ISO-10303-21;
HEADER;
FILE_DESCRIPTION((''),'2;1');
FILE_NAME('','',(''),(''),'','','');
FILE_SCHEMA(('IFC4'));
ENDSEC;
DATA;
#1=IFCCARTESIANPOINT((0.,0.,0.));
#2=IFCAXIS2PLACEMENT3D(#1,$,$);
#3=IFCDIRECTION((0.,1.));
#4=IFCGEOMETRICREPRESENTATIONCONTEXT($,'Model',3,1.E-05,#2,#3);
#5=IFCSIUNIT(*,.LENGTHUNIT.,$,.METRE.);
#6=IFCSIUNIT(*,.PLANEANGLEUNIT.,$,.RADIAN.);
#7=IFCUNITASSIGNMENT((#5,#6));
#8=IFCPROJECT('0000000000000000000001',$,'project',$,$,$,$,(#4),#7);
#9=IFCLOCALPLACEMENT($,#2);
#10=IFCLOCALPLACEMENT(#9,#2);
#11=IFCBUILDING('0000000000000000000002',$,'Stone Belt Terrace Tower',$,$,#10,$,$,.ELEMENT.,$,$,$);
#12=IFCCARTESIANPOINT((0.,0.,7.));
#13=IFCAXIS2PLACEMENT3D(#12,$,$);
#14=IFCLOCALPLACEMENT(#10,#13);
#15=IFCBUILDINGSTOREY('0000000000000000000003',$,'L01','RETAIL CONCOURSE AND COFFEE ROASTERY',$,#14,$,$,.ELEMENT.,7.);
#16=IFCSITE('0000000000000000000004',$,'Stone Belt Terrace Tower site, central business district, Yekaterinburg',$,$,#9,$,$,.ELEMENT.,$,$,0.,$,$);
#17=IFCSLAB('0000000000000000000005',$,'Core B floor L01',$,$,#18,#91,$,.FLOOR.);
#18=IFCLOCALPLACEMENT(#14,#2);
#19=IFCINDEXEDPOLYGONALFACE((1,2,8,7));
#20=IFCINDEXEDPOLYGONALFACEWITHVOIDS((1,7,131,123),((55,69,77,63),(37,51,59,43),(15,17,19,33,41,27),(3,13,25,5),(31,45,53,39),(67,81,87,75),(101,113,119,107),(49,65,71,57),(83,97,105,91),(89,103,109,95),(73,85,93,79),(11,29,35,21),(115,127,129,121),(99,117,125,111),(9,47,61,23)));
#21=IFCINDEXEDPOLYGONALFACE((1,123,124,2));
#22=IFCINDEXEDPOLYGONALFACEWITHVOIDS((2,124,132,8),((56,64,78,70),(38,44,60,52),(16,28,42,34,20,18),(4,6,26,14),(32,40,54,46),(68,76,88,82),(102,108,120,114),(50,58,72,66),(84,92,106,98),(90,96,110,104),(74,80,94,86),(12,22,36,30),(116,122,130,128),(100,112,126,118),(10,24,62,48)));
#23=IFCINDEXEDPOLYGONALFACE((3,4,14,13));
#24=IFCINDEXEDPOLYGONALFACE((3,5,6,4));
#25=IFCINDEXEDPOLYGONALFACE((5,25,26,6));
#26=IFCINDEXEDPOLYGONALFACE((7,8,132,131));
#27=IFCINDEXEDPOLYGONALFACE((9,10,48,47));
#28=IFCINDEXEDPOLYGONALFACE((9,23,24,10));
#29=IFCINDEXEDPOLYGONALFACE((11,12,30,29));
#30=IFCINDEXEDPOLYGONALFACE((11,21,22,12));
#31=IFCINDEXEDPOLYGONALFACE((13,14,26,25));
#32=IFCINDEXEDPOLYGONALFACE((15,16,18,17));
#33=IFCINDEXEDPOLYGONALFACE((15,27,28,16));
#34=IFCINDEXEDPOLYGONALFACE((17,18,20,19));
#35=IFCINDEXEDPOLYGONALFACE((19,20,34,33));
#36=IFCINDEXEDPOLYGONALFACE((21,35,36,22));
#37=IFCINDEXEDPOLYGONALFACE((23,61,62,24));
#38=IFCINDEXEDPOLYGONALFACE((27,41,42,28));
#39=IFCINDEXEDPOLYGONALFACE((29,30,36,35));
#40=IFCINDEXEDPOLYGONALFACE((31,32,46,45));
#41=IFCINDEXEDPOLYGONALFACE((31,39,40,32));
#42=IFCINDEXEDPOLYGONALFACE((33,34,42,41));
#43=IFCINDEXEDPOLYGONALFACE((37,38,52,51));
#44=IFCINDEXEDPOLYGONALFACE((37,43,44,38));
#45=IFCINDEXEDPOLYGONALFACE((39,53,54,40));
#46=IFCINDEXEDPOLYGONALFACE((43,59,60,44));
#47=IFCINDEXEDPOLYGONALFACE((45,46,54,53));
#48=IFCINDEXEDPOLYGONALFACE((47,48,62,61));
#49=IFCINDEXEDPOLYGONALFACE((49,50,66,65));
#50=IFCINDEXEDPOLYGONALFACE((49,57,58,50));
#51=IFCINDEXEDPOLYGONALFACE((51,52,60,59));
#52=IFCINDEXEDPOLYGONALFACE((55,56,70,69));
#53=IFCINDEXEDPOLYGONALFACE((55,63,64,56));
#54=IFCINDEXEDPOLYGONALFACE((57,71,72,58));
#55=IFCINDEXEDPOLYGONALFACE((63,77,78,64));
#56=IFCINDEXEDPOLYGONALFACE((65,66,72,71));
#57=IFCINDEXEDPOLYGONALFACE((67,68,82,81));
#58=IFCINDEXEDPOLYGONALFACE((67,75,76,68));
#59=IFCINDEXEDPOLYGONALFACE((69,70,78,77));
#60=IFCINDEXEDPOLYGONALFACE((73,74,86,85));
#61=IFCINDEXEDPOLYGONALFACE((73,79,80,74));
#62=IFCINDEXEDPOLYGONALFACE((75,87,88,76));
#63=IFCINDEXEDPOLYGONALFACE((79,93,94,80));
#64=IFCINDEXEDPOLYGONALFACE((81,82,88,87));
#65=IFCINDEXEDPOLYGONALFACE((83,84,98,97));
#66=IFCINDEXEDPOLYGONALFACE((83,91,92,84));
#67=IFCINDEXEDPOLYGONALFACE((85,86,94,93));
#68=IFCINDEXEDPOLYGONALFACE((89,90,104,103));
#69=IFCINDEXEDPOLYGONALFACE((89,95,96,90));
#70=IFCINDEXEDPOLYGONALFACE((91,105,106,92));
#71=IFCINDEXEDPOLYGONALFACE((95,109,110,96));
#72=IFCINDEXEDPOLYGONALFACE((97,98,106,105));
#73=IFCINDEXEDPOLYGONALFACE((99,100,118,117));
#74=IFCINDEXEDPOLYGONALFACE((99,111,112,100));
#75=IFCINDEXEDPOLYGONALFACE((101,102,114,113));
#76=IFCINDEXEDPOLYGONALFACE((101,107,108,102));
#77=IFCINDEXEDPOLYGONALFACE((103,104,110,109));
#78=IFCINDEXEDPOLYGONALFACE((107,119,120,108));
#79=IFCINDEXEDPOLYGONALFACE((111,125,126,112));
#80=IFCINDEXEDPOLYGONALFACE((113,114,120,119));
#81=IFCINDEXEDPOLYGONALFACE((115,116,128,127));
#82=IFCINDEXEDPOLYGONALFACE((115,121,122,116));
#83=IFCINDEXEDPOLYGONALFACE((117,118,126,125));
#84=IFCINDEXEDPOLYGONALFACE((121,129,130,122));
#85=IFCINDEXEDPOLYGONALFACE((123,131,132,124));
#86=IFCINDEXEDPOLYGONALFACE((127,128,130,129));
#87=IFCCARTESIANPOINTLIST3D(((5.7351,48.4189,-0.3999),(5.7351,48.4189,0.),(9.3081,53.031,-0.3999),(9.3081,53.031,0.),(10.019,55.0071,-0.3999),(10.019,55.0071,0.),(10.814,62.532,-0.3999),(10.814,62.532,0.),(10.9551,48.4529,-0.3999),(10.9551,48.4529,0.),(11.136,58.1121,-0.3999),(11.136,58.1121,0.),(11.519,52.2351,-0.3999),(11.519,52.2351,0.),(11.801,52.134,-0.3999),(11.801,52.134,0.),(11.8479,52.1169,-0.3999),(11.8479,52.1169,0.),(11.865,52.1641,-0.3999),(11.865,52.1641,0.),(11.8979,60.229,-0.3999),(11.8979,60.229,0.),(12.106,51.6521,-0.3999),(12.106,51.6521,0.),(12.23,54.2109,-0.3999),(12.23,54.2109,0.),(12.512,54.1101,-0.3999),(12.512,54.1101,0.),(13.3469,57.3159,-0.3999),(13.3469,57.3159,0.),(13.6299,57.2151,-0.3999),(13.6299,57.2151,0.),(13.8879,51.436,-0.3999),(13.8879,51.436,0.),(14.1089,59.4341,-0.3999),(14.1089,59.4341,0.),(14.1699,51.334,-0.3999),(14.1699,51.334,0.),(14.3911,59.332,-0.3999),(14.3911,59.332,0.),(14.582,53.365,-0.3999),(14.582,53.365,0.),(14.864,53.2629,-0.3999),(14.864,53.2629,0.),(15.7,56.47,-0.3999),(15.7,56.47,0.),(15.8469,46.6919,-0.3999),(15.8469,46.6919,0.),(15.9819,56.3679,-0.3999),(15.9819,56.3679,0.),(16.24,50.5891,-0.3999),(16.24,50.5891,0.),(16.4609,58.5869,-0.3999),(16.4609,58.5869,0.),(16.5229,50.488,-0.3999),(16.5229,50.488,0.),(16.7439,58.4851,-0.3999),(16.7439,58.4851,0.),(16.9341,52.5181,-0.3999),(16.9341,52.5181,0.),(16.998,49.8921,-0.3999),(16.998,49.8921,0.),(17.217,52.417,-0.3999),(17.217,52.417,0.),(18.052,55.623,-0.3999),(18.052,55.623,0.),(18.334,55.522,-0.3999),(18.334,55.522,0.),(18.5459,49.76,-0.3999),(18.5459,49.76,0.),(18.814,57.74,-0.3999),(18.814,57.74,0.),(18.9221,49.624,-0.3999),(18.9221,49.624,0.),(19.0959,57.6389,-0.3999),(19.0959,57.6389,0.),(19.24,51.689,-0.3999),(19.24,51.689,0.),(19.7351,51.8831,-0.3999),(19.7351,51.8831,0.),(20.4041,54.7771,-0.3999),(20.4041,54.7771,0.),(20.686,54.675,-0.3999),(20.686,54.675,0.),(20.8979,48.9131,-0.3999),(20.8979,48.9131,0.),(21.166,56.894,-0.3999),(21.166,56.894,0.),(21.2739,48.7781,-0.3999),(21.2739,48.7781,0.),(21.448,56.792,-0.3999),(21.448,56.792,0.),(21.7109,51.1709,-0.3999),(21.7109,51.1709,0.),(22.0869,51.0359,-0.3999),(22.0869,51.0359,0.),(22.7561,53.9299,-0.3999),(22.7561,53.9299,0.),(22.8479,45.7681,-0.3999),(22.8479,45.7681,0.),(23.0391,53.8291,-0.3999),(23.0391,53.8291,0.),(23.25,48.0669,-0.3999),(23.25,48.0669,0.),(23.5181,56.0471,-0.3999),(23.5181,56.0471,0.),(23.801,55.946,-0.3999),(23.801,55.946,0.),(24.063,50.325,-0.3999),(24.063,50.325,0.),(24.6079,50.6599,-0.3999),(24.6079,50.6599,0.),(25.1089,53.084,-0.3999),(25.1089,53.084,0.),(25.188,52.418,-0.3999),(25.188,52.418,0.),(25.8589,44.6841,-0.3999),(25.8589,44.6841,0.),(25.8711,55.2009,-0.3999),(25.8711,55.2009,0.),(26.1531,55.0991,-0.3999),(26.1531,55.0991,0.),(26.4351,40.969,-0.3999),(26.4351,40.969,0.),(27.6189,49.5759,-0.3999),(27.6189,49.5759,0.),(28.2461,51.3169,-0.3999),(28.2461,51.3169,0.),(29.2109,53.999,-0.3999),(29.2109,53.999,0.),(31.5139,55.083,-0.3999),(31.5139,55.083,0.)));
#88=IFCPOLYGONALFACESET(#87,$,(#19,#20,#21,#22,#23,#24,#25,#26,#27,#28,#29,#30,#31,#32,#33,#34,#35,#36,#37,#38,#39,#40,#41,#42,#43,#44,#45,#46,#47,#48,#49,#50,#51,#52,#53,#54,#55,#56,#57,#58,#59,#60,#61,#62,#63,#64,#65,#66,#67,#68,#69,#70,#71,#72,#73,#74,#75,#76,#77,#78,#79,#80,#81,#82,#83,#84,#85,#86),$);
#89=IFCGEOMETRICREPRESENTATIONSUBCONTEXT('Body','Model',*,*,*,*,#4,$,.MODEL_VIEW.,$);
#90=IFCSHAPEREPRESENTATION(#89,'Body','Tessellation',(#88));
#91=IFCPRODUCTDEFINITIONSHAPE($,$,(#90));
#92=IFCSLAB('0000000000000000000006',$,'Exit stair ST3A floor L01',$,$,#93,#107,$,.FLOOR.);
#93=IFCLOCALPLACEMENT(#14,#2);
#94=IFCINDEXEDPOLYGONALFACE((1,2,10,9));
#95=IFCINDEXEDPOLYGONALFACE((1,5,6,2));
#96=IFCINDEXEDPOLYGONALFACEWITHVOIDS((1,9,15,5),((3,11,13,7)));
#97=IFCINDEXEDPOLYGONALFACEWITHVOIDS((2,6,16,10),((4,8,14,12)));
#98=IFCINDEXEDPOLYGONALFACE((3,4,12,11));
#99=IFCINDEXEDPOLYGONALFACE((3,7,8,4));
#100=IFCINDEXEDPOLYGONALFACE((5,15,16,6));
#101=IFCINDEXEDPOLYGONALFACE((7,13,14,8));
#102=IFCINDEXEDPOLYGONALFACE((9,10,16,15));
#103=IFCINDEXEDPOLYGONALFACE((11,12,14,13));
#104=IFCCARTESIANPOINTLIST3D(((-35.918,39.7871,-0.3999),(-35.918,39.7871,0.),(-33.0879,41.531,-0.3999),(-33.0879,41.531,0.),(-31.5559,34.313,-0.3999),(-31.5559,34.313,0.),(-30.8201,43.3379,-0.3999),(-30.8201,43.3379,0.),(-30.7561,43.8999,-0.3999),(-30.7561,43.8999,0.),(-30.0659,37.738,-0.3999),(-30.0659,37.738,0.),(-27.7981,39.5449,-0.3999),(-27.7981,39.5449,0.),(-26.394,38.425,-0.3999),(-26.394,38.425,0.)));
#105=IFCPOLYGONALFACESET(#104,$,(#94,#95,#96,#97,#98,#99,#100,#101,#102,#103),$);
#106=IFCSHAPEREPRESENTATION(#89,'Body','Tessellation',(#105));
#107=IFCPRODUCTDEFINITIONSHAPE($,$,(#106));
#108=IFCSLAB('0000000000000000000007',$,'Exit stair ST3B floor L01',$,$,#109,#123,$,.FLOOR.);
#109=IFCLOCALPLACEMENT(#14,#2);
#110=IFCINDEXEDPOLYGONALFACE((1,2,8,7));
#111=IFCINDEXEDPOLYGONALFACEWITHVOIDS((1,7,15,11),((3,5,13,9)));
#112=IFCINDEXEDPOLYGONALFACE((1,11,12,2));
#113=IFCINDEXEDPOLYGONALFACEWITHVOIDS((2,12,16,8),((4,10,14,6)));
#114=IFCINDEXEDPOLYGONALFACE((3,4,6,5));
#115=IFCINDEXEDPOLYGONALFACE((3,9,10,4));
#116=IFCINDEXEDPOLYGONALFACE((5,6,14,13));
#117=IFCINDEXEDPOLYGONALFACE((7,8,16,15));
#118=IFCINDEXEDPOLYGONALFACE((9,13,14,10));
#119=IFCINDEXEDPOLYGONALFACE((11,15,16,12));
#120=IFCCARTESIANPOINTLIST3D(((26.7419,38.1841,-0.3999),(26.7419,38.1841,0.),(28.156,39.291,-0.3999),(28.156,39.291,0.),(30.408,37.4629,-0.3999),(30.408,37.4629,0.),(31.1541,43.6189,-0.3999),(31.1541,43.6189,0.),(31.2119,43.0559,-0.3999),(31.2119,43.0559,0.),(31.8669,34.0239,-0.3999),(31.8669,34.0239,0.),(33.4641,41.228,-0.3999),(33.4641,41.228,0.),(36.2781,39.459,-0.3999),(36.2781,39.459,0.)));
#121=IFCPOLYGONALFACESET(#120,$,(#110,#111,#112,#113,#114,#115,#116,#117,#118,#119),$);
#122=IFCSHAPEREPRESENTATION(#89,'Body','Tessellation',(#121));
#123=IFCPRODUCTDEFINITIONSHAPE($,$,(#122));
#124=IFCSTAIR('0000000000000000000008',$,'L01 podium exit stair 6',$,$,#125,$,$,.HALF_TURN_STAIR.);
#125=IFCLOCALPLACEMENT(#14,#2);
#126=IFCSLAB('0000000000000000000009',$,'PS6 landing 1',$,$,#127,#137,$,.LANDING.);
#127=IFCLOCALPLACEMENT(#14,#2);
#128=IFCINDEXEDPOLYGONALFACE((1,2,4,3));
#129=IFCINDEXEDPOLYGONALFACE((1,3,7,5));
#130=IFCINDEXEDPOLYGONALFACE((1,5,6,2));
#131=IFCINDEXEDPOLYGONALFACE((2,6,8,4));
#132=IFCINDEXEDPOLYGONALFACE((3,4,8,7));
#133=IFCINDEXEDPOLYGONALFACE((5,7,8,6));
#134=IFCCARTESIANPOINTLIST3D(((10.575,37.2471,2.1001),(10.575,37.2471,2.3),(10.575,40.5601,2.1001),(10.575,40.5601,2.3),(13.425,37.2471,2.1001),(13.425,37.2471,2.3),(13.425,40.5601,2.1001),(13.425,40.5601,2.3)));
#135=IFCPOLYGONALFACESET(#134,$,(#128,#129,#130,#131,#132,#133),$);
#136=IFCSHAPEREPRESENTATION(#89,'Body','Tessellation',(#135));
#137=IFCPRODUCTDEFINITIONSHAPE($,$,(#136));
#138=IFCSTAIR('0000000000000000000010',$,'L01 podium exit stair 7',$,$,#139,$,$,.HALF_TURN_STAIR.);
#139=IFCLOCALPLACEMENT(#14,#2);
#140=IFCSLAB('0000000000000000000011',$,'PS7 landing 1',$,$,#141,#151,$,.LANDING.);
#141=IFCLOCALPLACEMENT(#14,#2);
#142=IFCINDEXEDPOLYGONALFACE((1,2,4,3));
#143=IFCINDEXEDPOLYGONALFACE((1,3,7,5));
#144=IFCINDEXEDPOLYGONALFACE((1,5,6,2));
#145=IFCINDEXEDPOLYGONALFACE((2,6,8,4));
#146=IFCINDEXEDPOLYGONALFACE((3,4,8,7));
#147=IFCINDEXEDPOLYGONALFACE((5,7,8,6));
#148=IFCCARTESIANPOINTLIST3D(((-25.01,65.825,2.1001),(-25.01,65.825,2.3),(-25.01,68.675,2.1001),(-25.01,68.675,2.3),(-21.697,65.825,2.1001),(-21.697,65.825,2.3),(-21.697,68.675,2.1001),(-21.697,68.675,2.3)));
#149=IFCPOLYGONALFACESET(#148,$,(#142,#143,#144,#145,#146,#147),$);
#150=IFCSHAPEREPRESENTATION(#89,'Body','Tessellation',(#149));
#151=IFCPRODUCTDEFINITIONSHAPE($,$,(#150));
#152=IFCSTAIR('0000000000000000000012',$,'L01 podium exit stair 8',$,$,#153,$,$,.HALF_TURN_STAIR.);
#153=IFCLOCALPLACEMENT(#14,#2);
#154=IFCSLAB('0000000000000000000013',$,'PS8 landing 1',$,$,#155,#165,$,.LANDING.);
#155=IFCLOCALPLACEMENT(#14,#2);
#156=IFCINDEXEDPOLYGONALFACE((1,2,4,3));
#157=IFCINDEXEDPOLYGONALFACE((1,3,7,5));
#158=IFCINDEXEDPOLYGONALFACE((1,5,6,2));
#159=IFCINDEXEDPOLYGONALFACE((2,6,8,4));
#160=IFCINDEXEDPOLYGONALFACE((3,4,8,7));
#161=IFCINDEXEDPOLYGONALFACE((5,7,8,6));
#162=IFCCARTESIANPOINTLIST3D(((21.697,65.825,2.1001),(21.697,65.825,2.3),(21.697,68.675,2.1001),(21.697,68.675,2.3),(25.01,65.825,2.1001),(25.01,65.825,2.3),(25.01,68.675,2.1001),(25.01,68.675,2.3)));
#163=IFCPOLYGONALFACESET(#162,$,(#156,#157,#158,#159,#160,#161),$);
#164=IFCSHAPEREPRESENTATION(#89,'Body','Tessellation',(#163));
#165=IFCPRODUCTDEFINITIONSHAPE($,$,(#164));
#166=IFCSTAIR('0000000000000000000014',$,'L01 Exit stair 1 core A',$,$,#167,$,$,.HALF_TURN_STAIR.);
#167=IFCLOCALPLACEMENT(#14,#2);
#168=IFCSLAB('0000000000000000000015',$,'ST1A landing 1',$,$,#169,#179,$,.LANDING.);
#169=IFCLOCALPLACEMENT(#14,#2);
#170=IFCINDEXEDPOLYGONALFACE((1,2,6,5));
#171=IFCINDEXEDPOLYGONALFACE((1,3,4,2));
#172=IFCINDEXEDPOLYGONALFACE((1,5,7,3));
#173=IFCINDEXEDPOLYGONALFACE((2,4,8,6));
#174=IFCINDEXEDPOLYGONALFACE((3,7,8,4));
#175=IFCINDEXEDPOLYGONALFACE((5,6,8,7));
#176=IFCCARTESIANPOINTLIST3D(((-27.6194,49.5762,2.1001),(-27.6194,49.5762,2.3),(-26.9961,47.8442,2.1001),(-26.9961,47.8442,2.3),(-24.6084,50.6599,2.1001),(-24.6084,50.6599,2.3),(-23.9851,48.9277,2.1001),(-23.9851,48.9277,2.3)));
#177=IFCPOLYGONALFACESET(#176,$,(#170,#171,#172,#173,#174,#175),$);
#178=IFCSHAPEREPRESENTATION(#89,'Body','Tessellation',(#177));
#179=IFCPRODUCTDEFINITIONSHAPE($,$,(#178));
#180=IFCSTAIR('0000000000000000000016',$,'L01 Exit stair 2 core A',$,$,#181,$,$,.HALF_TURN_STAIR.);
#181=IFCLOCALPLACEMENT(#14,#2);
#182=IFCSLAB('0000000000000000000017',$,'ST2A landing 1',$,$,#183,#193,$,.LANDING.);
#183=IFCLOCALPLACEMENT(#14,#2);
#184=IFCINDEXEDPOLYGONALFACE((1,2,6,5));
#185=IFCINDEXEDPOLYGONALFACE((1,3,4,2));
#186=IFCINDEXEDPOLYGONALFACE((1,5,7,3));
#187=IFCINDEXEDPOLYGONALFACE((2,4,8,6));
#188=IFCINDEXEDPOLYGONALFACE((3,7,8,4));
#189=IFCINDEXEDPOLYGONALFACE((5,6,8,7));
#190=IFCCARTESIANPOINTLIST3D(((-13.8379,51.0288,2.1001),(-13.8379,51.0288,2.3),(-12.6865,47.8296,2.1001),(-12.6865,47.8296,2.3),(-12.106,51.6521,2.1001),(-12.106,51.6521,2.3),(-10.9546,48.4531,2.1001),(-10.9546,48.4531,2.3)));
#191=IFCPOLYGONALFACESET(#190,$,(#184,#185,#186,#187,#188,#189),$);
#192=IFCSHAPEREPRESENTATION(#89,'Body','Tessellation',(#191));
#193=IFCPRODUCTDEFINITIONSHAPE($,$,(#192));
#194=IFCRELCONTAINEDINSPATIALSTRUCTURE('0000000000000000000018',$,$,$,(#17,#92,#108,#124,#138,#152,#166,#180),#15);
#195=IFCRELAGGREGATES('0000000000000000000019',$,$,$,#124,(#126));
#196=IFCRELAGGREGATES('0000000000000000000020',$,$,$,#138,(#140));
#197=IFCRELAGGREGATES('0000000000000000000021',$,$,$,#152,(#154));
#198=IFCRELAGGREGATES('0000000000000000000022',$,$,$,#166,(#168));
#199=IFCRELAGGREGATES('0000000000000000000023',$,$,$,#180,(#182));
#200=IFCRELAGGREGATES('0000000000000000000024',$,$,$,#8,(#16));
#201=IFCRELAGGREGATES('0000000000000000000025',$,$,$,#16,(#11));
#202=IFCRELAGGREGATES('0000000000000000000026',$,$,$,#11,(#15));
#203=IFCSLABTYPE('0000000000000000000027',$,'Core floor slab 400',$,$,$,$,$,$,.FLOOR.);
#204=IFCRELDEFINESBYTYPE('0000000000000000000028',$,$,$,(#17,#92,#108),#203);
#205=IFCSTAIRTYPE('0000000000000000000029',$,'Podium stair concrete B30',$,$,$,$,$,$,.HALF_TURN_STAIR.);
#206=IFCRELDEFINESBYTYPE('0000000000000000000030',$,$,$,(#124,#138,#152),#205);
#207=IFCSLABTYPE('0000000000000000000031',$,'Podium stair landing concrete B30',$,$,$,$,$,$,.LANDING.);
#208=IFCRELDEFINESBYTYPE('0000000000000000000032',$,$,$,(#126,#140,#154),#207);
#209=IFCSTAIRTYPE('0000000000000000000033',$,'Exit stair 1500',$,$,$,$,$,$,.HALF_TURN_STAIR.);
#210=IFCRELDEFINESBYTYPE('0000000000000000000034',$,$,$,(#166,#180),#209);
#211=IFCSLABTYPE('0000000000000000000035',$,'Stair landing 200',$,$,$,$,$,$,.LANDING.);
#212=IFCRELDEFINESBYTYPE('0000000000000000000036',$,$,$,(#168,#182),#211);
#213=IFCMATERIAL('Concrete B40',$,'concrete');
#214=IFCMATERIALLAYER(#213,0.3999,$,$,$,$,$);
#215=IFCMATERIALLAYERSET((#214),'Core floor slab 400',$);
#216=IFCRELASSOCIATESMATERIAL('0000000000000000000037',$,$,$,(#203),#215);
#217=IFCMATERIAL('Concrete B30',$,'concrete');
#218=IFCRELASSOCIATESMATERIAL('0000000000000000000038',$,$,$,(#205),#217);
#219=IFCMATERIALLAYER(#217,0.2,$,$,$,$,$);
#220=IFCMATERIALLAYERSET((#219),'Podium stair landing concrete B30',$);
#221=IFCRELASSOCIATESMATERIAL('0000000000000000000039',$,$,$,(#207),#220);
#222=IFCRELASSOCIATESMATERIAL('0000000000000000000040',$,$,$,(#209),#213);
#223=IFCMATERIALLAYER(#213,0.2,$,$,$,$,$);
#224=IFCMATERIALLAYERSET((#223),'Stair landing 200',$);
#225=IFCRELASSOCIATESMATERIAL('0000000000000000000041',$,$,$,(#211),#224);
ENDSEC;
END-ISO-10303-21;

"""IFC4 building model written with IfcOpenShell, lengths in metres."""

from ifc_helpers import new_model, si_unit, direction, frame, origin, place, context, subcontext, project, spatial, polyline, outline, extrude, material, layer, layer_set, type_object, element, aggregate, save


model = new_model("IFC4")

# Units and contexts
model_context = context("Model", 3, precision=1e-05, world=origin(), true_north=direction((0.0, 1.0)))
body_context = subcontext(model_context, "Body", "Model", "MODEL_VIEW")
ifc_project = project(units=[si_unit("LENGTHUNIT", "METRE"), si_unit("PLANEANGLEUNIT", "RADIAN")], contexts=[model_context])

# Site, building, storey
site_placement = place(None, origin())
site = spatial("IfcSite", under=ifc_project, at=site_placement, Name="Stone Belt Terrace Tower site, central business district, Yekaterinburg", CompositionType="ELEMENT", RefElevation=0.0)
building_placement = place(site_placement, origin())
building = spatial("IfcBuilding", under=site, at=building_placement, Name="Stone Belt Terrace Tower", CompositionType="ELEMENT")
storey_placement = place(building_placement, frame((0.0, 0.0, 7.0)))
storey = spatial("IfcBuildingStorey", under=building, at=storey_placement, Name="L01", Description="RETAIL CONCOURSE AND COFFEE ROASTERY", CompositionType="ELEMENT", Elevation=7.0)

# Slabs
ifc_material_1 = material(Name="Concrete B40", Category="concrete")
ifc_layer_1 = layer(ifc_material_1, 0.3999)
ifc_layer_set_1 = layer_set([ifc_layer_1], Name="Core floor slab 400")
slab_type_1 = type_object("IfcSlabType", Name="Core floor slab 400", PredefinedType="FLOOR", material=ifc_layer_set_1)
slab_1_placement = place(storey_placement, frame((0.0, 0.0, -0.3999)))
element("IfcSlab", 1, at=slab_1_placement, inside=storey, type_object=slab_type_1, Name="Core B floor L01", PredefinedType="FLOOR", context=body_context, shape_type="SweptSolid", body=[
    extrude(outline(polyline([(26.4351, 40.969), (31.5139, 55.083), (10.814, 62.532), (5.7351, 48.4189), (26.4351, 40.969)]), holes=[polyline([(12.106, 51.6521), (16.998, 49.8921), (15.8469, 46.6919), (10.9551, 48.4529), (12.106, 51.6521)]), polyline([(19.24, 51.689), (18.5459, 49.76), (16.5229, 50.488), (17.217, 52.417), (19.24, 51.689)]), polyline([(16.24, 50.5891), (14.1699, 51.334), (14.864, 53.2629), (16.9341, 52.5181), (16.24, 50.5891)]), polyline([(14.582, 53.365), (13.8879, 51.436), (11.865, 52.1641), (11.8479, 52.1169), (11.801, 52.134), (12.512, 54.1101), (14.582, 53.365)]), polyline([(9.3081, 53.031), (10.019, 55.0071), (12.23, 54.2109), (11.519, 52.2351), (9.3081, 53.031)]), polyline([(16.7439, 58.4851), (18.814, 57.74), (18.052, 55.623), (15.9819, 56.3679), (16.7439, 58.4851)]), polyline([(14.3911, 59.332), (16.4609, 58.5869), (15.7, 56.47), (13.6299, 57.2151), (14.3911, 59.332)]), polyline([(11.8979, 60.229), (14.1089, 59.4341), (13.3469, 57.3159), (11.136, 58.1121), (11.8979, 60.229)]), polyline([(25.8589, 44.6841), (22.8479, 45.7681), (24.6079, 50.6599), (27.6189, 49.5759), (25.8589, 44.6841)]), polyline([(21.2739, 48.7781), (22.0869, 51.0359), (24.063, 50.325), (23.25, 48.0669), (21.2739, 48.7781)]), polyline([(18.9221, 49.624), (19.7351, 51.8831), (21.7109, 51.1709), (20.8979, 48.9131), (18.9221, 49.624)]), polyline([(29.2109, 53.999), (28.2461, 51.3169), (25.188, 52.418), (26.1531, 55.0991), (29.2109, 53.999)]), polyline([(23.801, 55.946), (25.8711, 55.2009), (25.1089, 53.084), (23.0391, 53.8291), (23.801, 55.946)]), polyline([(21.448, 56.792), (23.5181, 56.0471), (22.7561, 53.9299), (20.686, 54.675), (21.448, 56.792)]), polyline([(19.0959, 57.6389), (21.166, 56.894), (20.4041, 54.7771), (18.334, 55.522), (19.0959, 57.6389)])]), origin(), (0.0, 0.0, 1.0), 0.3999),
])
slab_2_placement = place(storey_placement, frame((0.0, 0.0, -0.3999)))
element("IfcSlab", 2, at=slab_2_placement, inside=storey, type_object=slab_type_1, Name="Exit stair ST3A floor L01", PredefinedType="FLOOR", context=body_context, shape_type="SweptSolid", body=[
    extrude(outline(polyline([(-26.394, 38.425), (-30.7561, 43.8999), (-35.918, 39.7871), (-31.5559, 34.313), (-26.394, 38.425)]), holes=[polyline([(-27.7981, 39.5449), (-30.0659, 37.738), (-33.0879, 41.531), (-30.8201, 43.3379), (-27.7981, 39.5449)])]), origin(), (0.0, 0.0, 1.0), 0.3999),
])
slab_3_placement = place(storey_placement, frame((0.0, 0.0, -0.3999)))
element("IfcSlab", 3, at=slab_3_placement, inside=storey, type_object=slab_type_1, Name="Exit stair ST3B floor L01", PredefinedType="FLOOR", context=body_context, shape_type="SweptSolid", body=[
    extrude(outline(polyline([(26.7419, 38.1841), (31.8669, 34.0239), (36.2781, 39.459), (31.1541, 43.6189), (26.7419, 38.1841)]), holes=[polyline([(30.408, 37.4629), (28.156, 39.291), (31.2119, 43.0559), (33.4641, 41.228), (30.408, 37.4629)])]), origin(), (0.0, 0.0, 1.0), 0.3999),
])

# Stairs, slabs
ifc_material_2 = material(Name="Concrete B30", Category="concrete")
stair_type_1 = type_object("IfcStairType", Name="Podium stair concrete B30", PredefinedType="HALF_TURN_STAIR", material=ifc_material_2)
stair_1_placement = place(storey_placement, origin())
stair_1 = element("IfcStair", 4, at=stair_1_placement, inside=storey, type_object=stair_type_1, Name="L01 podium exit stair 6", PredefinedType="HALF_TURN_STAIR")
ifc_layer_2 = layer(ifc_material_2, 0.2)
ifc_layer_set_2 = layer_set([ifc_layer_2], Name="Podium stair landing concrete B30")
slab_type_2 = type_object("IfcSlabType", Name="Podium stair landing concrete B30", PredefinedType="LANDING", material=ifc_layer_set_2)
slab_4_placement = place(storey_placement, frame((0.0, 0.0, 2.1001)))
slab_4 = element("IfcSlab", 5, at=slab_4_placement, type_object=slab_type_2, Name="PS6 landing 1", PredefinedType="LANDING", context=body_context, shape_type="SweptSolid", body=[
    extrude(outline(polyline([(13.425, 37.2471), (13.425, 40.5601), (10.575, 40.5601), (10.575, 37.2471), (13.425, 37.2471)])), origin(), (0.0, 0.0, 1.0), 0.2),
])
aggregate(stair_1, [slab_4])
stair_2_placement = place(storey_placement, origin())
stair_2 = element("IfcStair", 6, at=stair_2_placement, inside=storey, type_object=stair_type_1, Name="L01 podium exit stair 7", PredefinedType="HALF_TURN_STAIR")
slab_5_placement = place(storey_placement, frame((0.0, 0.0, 2.1001)))
slab_5 = element("IfcSlab", 7, at=slab_5_placement, type_object=slab_type_2, Name="PS7 landing 1", PredefinedType="LANDING", context=body_context, shape_type="SweptSolid", body=[
    extrude(outline(polyline([(-21.697, 68.675), (-25.01, 68.675), (-25.01, 65.825), (-21.697, 65.825), (-21.697, 68.675)])), origin(), (0.0, 0.0, 1.0), 0.2),
])
aggregate(stair_2, [slab_5])
stair_3_placement = place(storey_placement, origin())
stair_3 = element("IfcStair", 8, at=stair_3_placement, inside=storey, type_object=stair_type_1, Name="L01 podium exit stair 8", PredefinedType="HALF_TURN_STAIR")
slab_6_placement = place(storey_placement, frame((0.0, 0.0, 2.1001)))
slab_6 = element("IfcSlab", 9, at=slab_6_placement, type_object=slab_type_2, Name="PS8 landing 1", PredefinedType="LANDING", context=body_context, shape_type="SweptSolid", body=[
    extrude(outline(polyline([(21.697, 65.825), (25.01, 65.825), (25.01, 68.675), (21.697, 68.675), (21.697, 65.825)])), origin(), (0.0, 0.0, 1.0), 0.2),
])
aggregate(stair_3, [slab_6])
stair_type_2 = type_object("IfcStairType", Name="Exit stair 1500", PredefinedType="HALF_TURN_STAIR", material=ifc_material_1)
stair_4_placement = place(storey_placement, origin())
stair_4 = element("IfcStair", 10, at=stair_4_placement, inside=storey, type_object=stair_type_2, Name="L01 Exit stair 1 core A", PredefinedType="HALF_TURN_STAIR")
ifc_layer_3 = layer(ifc_material_1, 0.2)
ifc_layer_set_3 = layer_set([ifc_layer_3], Name="Stair landing 200")
slab_type_3 = type_object("IfcSlabType", Name="Stair landing 200", PredefinedType="LANDING", material=ifc_layer_set_3)
slab_7_placement = place(storey_placement, frame((0.0, 0.0, 2.1001)))
slab_7 = element("IfcSlab", 11, at=slab_7_placement, type_object=slab_type_3, Name="ST1A landing 1", PredefinedType="LANDING", context=body_context, shape_type="SweptSolid", body=[
    extrude(outline(polyline([(-23.9851, 48.9277), (-24.6084, 50.6599), (-27.6194, 49.5762), (-26.9961, 47.8442), (-23.9851, 48.9277)])), origin(), (0.0, 0.0, 1.0), 0.2),
])
aggregate(stair_4, [slab_7])
stair_5_placement = place(storey_placement, origin())
stair_5 = element("IfcStair", 12, at=stair_5_placement, inside=storey, type_object=stair_type_2, Name="L01 Exit stair 2 core A", PredefinedType="HALF_TURN_STAIR")
slab_8_placement = place(storey_placement, frame((0.0, 0.0, 2.1001)))
slab_8 = element("IfcSlab", 13, at=slab_8_placement, type_object=slab_type_3, Name="ST2A landing 1", PredefinedType="LANDING", context=body_context, shape_type="SweptSolid", body=[
    extrude(outline(polyline([(-12.6865, 47.8296), (-10.9546, 48.4531), (-12.106, 51.6521), (-13.8379, 51.0288), (-12.6865, 47.8296)])), origin(), (0.0, 0.0, 1.0), 0.2),
])
aggregate(stair_5, [slab_8])

save(model, "model.ifc")
